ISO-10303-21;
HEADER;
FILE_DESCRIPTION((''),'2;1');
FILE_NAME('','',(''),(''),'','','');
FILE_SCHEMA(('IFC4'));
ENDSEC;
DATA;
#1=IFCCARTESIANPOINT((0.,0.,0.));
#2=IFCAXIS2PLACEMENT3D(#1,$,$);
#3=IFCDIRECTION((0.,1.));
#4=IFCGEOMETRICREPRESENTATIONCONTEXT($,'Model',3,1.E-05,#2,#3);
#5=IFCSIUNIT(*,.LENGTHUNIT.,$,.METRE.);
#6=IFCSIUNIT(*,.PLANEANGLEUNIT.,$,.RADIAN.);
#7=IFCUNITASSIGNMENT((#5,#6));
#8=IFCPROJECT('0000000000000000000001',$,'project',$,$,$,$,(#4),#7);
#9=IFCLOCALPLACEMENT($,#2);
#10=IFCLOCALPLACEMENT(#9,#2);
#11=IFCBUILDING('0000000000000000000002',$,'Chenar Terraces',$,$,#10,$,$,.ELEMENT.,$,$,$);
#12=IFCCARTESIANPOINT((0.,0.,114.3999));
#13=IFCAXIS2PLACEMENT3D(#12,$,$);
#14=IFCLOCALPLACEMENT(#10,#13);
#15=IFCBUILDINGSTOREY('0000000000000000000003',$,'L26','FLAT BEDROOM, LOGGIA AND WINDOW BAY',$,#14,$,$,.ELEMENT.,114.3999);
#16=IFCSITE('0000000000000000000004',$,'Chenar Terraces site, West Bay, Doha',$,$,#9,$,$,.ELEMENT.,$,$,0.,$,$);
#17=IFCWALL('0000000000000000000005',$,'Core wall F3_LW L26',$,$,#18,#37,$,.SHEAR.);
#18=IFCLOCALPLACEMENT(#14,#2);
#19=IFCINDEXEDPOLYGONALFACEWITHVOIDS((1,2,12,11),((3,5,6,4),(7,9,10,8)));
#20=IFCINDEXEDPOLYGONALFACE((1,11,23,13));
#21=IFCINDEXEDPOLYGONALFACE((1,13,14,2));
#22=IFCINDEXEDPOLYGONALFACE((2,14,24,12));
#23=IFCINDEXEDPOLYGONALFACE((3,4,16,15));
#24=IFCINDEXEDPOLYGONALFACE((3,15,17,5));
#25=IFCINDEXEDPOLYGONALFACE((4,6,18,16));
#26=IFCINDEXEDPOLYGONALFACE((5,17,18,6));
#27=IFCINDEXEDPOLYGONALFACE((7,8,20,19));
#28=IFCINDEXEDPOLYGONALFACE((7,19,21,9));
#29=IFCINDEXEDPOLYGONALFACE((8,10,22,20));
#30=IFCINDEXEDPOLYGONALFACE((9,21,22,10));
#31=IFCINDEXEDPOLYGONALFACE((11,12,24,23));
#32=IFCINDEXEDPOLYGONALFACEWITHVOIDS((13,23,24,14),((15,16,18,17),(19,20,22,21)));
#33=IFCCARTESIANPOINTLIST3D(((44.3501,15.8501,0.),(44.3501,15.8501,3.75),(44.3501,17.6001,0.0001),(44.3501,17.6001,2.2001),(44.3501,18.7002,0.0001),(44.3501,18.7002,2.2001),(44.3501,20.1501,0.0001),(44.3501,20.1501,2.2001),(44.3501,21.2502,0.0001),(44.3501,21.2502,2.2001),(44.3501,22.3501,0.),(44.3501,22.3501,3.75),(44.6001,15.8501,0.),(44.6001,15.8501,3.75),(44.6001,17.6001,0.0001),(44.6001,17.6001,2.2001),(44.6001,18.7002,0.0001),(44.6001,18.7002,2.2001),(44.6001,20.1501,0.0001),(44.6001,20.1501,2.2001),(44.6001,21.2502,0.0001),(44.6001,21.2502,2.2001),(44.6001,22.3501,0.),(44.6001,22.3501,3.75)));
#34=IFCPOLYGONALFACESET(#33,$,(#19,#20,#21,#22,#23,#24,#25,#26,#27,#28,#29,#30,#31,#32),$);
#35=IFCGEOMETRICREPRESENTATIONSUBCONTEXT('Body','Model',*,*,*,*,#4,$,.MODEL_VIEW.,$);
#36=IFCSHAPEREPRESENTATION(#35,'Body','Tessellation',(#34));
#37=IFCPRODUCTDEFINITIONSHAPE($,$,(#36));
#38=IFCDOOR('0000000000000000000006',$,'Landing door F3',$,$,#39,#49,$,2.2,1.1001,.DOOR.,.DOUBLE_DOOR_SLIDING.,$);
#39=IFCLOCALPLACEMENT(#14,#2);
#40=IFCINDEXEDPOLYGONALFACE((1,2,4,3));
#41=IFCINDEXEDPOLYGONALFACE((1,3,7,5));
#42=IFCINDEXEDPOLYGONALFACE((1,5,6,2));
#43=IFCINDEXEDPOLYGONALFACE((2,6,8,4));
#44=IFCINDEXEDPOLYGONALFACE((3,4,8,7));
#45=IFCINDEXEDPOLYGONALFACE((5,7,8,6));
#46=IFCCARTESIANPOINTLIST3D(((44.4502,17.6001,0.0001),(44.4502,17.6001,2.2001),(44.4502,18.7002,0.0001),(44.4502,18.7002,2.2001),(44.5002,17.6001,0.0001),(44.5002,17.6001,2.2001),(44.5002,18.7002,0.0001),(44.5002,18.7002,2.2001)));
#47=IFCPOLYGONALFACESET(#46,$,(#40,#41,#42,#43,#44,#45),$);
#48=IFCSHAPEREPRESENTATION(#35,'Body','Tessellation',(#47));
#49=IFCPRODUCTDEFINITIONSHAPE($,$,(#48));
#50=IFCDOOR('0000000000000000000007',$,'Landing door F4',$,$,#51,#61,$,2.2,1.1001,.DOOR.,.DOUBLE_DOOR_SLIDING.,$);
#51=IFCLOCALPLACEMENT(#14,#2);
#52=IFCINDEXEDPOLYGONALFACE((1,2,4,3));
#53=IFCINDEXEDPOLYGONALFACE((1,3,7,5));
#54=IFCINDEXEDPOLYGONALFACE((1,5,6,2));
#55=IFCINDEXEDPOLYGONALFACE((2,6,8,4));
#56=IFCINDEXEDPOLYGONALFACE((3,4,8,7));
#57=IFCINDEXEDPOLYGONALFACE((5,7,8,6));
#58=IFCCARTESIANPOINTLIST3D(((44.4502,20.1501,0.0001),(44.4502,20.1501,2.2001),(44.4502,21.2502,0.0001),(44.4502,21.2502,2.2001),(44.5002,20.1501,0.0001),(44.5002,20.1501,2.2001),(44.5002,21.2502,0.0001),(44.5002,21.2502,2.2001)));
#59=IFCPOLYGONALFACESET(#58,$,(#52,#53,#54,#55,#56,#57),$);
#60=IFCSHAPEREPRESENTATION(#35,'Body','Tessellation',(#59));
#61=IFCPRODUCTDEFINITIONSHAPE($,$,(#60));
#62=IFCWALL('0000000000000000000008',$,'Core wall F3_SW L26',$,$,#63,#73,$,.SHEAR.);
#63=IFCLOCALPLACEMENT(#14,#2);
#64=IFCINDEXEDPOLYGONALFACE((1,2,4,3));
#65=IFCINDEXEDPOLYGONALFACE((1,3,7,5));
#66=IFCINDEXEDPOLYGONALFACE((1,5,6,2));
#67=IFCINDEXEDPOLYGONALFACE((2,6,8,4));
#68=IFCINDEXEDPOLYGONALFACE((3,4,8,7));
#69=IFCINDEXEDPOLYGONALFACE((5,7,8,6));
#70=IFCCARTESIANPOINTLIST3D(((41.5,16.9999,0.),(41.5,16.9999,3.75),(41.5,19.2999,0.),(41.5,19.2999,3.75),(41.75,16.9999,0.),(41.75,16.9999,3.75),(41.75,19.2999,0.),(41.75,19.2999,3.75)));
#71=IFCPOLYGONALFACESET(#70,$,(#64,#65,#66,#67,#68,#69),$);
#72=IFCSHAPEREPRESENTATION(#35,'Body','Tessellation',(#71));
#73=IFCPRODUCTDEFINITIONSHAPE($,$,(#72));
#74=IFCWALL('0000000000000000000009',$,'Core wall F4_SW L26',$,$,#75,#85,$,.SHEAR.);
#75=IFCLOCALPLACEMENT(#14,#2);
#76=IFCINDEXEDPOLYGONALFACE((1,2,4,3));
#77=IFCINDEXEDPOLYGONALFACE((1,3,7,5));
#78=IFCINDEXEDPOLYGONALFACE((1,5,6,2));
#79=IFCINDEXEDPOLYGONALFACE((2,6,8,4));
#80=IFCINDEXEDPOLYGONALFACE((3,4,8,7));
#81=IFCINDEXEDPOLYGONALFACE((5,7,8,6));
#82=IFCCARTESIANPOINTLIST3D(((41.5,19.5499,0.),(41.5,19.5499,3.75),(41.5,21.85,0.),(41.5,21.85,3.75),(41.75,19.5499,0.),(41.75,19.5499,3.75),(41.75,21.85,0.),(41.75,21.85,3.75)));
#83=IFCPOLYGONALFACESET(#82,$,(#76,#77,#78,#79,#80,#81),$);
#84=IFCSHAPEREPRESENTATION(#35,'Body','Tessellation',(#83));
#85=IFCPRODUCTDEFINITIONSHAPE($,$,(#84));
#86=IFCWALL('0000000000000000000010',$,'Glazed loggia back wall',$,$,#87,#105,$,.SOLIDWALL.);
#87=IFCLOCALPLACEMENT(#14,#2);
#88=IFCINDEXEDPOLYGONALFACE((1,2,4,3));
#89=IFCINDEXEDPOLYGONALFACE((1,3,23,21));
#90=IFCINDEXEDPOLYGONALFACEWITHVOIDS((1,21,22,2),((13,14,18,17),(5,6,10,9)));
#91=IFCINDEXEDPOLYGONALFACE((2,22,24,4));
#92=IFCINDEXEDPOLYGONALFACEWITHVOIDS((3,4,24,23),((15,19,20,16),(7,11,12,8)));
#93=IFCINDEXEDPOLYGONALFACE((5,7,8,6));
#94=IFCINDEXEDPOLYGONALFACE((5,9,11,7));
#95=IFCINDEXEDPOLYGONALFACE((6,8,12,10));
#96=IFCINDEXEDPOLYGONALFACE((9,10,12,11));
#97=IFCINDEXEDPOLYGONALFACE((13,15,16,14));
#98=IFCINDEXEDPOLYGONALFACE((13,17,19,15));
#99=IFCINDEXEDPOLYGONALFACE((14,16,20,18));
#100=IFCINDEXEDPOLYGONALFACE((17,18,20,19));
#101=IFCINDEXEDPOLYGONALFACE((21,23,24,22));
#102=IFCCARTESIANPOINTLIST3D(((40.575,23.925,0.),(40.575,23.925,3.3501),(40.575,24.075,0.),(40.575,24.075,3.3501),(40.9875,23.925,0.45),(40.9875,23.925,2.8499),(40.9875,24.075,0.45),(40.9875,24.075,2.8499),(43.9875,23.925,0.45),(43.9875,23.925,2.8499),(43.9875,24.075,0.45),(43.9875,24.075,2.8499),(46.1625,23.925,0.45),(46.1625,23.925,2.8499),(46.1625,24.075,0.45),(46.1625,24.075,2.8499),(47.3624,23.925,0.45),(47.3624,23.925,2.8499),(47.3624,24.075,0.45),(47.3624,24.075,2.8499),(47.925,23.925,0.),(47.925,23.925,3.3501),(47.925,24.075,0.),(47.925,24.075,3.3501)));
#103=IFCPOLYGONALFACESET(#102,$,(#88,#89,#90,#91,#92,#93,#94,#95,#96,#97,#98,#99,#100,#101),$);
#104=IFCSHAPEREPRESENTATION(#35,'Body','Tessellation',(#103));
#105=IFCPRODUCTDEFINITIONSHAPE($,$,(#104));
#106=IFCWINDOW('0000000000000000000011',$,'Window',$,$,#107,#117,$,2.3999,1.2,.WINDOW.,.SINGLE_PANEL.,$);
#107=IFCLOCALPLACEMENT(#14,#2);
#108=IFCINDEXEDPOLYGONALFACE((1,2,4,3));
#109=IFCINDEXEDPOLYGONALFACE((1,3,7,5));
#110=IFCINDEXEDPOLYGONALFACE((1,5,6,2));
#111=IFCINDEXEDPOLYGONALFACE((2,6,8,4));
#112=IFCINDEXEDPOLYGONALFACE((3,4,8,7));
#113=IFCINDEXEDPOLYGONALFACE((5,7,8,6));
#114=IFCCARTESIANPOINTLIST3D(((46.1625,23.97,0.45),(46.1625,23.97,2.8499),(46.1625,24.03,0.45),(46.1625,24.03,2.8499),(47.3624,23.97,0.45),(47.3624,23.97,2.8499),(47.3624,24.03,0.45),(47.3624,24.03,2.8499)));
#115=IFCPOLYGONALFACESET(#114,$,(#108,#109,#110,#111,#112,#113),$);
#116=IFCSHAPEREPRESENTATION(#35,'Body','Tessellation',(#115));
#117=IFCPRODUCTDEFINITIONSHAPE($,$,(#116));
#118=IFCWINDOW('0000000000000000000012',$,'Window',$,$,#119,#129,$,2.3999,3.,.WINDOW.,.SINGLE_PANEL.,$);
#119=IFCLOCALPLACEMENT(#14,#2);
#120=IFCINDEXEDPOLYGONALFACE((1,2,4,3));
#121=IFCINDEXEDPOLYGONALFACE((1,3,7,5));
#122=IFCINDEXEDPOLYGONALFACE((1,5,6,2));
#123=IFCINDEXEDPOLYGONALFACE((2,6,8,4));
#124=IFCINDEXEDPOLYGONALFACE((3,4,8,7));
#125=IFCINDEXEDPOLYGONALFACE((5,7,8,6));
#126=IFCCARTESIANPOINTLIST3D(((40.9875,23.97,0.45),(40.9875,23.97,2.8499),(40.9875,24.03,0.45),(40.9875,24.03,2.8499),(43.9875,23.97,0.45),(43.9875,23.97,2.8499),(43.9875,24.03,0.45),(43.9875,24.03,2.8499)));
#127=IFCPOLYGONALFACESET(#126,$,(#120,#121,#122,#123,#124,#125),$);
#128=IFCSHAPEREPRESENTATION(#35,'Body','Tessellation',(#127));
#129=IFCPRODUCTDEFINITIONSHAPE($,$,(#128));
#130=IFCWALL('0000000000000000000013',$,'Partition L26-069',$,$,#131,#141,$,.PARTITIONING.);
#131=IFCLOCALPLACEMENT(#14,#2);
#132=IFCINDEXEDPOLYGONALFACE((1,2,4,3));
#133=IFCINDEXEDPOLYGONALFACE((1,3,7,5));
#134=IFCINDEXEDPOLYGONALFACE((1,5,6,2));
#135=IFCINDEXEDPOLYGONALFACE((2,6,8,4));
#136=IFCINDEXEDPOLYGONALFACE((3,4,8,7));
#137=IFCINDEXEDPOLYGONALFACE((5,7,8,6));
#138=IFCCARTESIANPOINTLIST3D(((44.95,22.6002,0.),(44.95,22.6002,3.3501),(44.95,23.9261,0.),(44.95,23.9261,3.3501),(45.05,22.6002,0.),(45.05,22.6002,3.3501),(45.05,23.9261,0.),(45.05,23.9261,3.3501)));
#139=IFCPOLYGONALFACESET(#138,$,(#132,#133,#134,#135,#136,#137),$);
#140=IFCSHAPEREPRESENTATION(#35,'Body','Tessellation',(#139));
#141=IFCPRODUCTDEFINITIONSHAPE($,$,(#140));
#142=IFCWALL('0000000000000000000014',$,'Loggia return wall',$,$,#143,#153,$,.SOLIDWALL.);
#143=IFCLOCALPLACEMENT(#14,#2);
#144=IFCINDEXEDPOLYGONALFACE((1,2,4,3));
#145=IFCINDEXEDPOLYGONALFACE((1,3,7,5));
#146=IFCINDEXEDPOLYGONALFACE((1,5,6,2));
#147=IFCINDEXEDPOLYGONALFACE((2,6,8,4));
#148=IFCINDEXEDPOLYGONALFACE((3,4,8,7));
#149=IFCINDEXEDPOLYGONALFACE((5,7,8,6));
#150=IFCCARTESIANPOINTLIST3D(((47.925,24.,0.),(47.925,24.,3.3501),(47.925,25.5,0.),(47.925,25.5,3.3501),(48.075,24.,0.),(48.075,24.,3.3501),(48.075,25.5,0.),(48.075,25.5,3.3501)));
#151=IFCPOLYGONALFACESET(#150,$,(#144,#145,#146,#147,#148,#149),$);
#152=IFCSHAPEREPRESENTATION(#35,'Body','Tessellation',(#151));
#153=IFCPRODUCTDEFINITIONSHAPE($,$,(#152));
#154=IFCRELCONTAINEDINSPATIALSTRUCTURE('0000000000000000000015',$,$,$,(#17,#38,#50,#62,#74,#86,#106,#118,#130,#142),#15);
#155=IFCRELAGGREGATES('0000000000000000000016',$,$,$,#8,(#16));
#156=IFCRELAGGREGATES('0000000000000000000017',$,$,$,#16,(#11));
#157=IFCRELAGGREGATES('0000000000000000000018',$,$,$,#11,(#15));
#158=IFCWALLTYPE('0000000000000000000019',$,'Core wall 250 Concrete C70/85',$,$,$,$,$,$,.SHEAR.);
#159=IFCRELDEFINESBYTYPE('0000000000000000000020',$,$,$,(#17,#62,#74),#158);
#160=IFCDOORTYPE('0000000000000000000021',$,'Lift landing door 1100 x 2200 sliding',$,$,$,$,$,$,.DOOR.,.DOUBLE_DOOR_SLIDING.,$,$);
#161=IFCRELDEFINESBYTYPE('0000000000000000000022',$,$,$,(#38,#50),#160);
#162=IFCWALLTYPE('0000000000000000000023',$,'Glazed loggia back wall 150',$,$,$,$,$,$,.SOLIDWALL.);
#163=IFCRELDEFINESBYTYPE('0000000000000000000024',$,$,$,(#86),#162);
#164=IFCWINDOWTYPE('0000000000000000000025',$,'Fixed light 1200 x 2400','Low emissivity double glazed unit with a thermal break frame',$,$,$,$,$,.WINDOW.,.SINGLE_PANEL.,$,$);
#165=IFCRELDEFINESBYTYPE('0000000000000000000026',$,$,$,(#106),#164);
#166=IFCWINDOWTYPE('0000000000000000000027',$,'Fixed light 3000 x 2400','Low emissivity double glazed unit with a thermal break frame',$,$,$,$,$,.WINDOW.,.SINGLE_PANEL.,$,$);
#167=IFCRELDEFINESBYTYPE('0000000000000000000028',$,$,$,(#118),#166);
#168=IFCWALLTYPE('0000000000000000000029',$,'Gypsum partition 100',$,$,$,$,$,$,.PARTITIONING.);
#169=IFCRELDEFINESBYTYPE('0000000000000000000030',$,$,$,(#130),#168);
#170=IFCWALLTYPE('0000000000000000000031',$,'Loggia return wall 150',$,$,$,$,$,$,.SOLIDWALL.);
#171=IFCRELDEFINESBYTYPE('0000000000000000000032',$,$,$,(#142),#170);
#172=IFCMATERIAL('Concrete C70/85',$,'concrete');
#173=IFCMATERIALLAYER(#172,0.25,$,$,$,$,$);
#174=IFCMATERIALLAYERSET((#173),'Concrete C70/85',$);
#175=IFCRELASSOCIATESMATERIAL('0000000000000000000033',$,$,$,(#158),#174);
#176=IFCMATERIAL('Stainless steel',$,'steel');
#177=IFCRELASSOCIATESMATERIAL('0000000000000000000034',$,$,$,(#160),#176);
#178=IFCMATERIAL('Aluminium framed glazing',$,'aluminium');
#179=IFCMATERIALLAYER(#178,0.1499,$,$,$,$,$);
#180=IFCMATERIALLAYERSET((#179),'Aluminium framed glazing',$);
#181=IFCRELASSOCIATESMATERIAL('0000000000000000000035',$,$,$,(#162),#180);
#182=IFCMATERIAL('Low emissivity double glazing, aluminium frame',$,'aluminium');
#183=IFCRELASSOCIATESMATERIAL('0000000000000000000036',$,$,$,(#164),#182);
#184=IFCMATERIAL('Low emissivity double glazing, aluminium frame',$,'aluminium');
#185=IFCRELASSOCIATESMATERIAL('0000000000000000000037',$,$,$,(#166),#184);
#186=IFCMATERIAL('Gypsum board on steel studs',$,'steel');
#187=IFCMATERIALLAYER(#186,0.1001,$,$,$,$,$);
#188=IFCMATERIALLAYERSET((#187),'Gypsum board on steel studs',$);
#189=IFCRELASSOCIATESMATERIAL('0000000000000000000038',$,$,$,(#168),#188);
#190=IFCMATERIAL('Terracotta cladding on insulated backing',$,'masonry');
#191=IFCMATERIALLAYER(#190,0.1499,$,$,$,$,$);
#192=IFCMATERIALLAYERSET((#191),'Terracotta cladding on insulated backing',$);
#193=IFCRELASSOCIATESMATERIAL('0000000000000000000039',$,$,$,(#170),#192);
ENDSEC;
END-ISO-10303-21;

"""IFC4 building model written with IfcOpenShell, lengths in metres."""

from ifc_helpers import new_model, si_unit, direction, frame, frame_2d, origin, place, context, subcontext, project, spatial, rectangle, extrude, material, layer, layer_set, type_object, element, fill, save


model = new_model("IFC4")

# Units and contexts
model_context = context("Model", 3, precision=1e-05, world=origin(), true_north=direction((0.0, 1.0)))
body_context = subcontext(model_context, "Body", "Model", "MODEL_VIEW")
ifc_project = project(units=[si_unit("LENGTHUNIT", "METRE"), si_unit("PLANEANGLEUNIT", "RADIAN")], contexts=[model_context])

# Site, building, storey
site_placement = place(None, origin())
site = spatial("IfcSite", under=ifc_project, at=site_placement, Name="Chenar Terraces site, West Bay, Doha", CompositionType="ELEMENT", RefElevation=0.0)
building_placement = place(site_placement, origin())
building = spatial("IfcBuilding", under=site, at=building_placement, Name="Chenar Terraces", CompositionType="ELEMENT")
storey_placement = place(building_placement, frame((0.0, 0.0, 114.3999)))
storey = spatial("IfcBuildingStorey", under=building, at=storey_placement, Name="L26", Description="FLAT BEDROOM, LOGGIA AND WINDOW BAY", CompositionType="ELEMENT", Elevation=114.3999)

# Shared definitions
ifc_material_1 = material(Name="Concrete C70/85", Category="concrete")
ifc_layer_1 = layer(ifc_material_1, 0.25)
ifc_layer_set_1 = layer_set([ifc_layer_1], Name="Concrete C70/85")
wall_type_1 = type_object("IfcWallType", Name="Core wall 250 Concrete C70/85", PredefinedType="SHEAR", material=ifc_layer_set_1)

# Wall, openings, doors
wall_1_placement = place(storey_placement, frame((44.4751, 15.8501, 0.0), z_axis=(0.0, 0.0, 1.0), x_axis=(0.0, 1.0, 0.0)))
wall_1 = element("IfcWall", 1, at=wall_1_placement, inside=storey, type_object=wall_type_1, Name="Core wall F3_LW L26", PredefinedType="SHEAR", context=body_context, shape_type="SweptSolid", body=[
    extrude(rectangle(XDim=6.5, YDim=0.25, at=frame_2d((3.25, 0.0))), origin(), (0.0, 0.0, 1.0), 3.75),
])
opening_1_placement = place(wall_1_placement, frame((1.75, 0.0, 0.0)))
opening_1 = element("IfcOpeningElement", 2, at=opening_1_placement, cuts=wall_1, PredefinedType="OPENING", context=body_context, shape_type="SweptSolid", body=[
    extrude(rectangle(XDim=1.1001, YDim=2.2, at=frame_2d((0.55, 1.1001))), frame((0.0, 0.135, 0.0), z_axis=(0.0, -1.0, 0.0), x_axis=(1.0, 0.0, 0.0)), (0.0, 0.0, 1.0), 0.27),
])
opening_2_placement = place(wall_1_placement, frame((4.3, 0.0, 0.0)))
opening_2 = element("IfcOpeningElement", 3, at=opening_2_placement, cuts=wall_1, PredefinedType="OPENING", context=body_context, shape_type="SweptSolid", body=[
    extrude(rectangle(XDim=1.1001, YDim=2.2, at=frame_2d((0.55, 1.1001))), frame((0.0, 0.135, 0.0), z_axis=(0.0, -1.0, 0.0), x_axis=(1.0, 0.0, 0.0)), (0.0, 0.0, 1.0), 0.27),
])
ifc_material_2 = material(Name="Stainless steel", Category="steel")
door_type_1 = type_object("IfcDoorType", Name="Lift landing door 1100 x 2200 sliding", OperationType="DOUBLE_DOOR_SLIDING", PredefinedType="DOOR", material=ifc_material_2)
door_1_placement = place(opening_1_placement, origin())
door_1 = element("IfcDoor", 4, at=door_1_placement, inside=storey, type_object=door_type_1, Name="Landing door F3", OperationType="DOUBLE_DOOR_SLIDING", OverallHeight=2.2, OverallWidth=1.1001, PredefinedType="DOOR", context=body_context, shape_type="SweptSolid", body=[
    extrude(rectangle(XDim=1.1001, YDim=2.2, at=frame_2d((0.55, 1.1001))), frame((0.0, 0.0249, 0.0), z_axis=(0.0, -1.0, 0.0), x_axis=(1.0, 0.0, 0.0)), (0.0, 0.0, 1.0), 0.05),
])
fill(opening_1, door_1)
door_2_placement = place(opening_2_placement, origin())
door_2 = element("IfcDoor", 5, at=door_2_placement, inside=storey, type_object=door_type_1, Name="Landing door F4", OperationType="DOUBLE_DOOR_SLIDING", OverallHeight=2.2, OverallWidth=1.1001, PredefinedType="DOOR", context=body_context, shape_type="SweptSolid", body=[
    extrude(rectangle(XDim=1.1001, YDim=2.2, at=frame_2d((0.55, 1.1001))), frame((0.0, 0.0249, 0.0), z_axis=(0.0, -1.0, 0.0), x_axis=(1.0, 0.0, 0.0)), (0.0, 0.0, 1.0), 0.05),
])
fill(opening_2, door_2)

# Walls
for number, where, z_axis, x_axis, name in (
    (6, (41.625, 17.0, 0.0), (0.0, 0.0, 1.0), (0.0, 1.0, 0.0), "Core wall F3_SW L26"),
    (7, (41.625, 19.55, 0.0), (0.0, 0.0, 1.0), (0.0, 1.0, 0.0), "Core wall F4_SW L26"),
):
    element("IfcWall", number, at=place(storey_placement, frame(where, z_axis=z_axis, x_axis=x_axis)), inside=storey, type_object=wall_type_1, Name=name, PredefinedType="SHEAR", context=body_context, shape_type="SweptSolid", body=[
        extrude(rectangle(XDim=2.3, YDim=0.25, at=frame_2d((1.1499, 0.0))), origin(), (0.0, 0.0, 1.0), 3.75),
    ])

# Wall, openings, windows
ifc_material_3 = material(Name="Aluminium framed glazing", Category="aluminium")
ifc_layer_2 = layer(ifc_material_3, 0.1499)
ifc_layer_set_2 = layer_set([ifc_layer_2], Name="Aluminium framed glazing")
wall_type_2 = type_object("IfcWallType", Name="Glazed loggia back wall 150", PredefinedType="SOLIDWALL", material=ifc_layer_set_2)
wall_2_placement = place(storey_placement, frame((47.925, 24.0, 0.0), z_axis=(0.0, 0.0, 1.0), x_axis=(-1.0, 0.0, 0.0)))
wall_2 = element("IfcWall", 8, at=wall_2_placement, inside=storey, type_object=wall_type_2, Name="Glazed loggia back wall", PredefinedType="SOLIDWALL", context=body_context, shape_type="SweptSolid", body=[
    extrude(rectangle(XDim=7.3501, YDim=0.1499, at=frame_2d((3.675, 0.0))), origin(), (0.0, 0.0, 1.0), 3.3501),
])
opening_3_placement = place(wall_2_placement, frame((0.5625, 0.0, 0.45)))
opening_3 = element("IfcOpeningElement", 9, at=opening_3_placement, cuts=wall_2, PredefinedType="OPENING", context=body_context, shape_type="SweptSolid", body=[
    extrude(rectangle(XDim=1.2, YDim=2.3999, at=frame_2d((0.6001, 1.2))), frame((0.0, 0.085, 0.0), z_axis=(0.0, -1.0, 0.0), x_axis=(1.0, 0.0, 0.0)), (0.0, 0.0, 1.0), 0.1699),
])
opening_4_placement = place(wall_2_placement, frame((3.9375, 0.0, 0.45)))
opening_4 = element("IfcOpeningElement", 10, at=opening_4_placement, cuts=wall_2, PredefinedType="OPENING", context=body_context, shape_type="SweptSolid", body=[
    extrude(rectangle(XDim=3.0, YDim=2.3999, at=frame_2d((1.5, 1.2))), frame((0.0, 0.085, 0.0), z_axis=(0.0, -1.0, 0.0), x_axis=(1.0, 0.0, 0.0)), (0.0, 0.0, 1.0), 0.1699),
])
ifc_material_4 = material(Name="Low emissivity double glazing, aluminium frame", Category="aluminium")
window_type_1 = type_object("IfcWindowType", Name="Fixed light 1200 x 2400", Description="Low emissivity double glazed unit with a thermal break frame", PartitioningType="SINGLE_PANEL", PredefinedType="WINDOW", material=ifc_material_4)
window_1_placement = place(opening_3_placement, origin())
window_1 = element("IfcWindow", 11, at=window_1_placement, inside=storey, type_object=window_type_1, Name="Window", OverallHeight=2.3999, OverallWidth=1.2, PartitioningType="SINGLE_PANEL", PredefinedType="WINDOW", context=body_context, shape_type="SweptSolid", body=[
    extrude(rectangle(XDim=1.2, YDim=2.3999, at=frame_2d((0.6001, 1.2))), frame((0.0, 0.03, 0.0), z_axis=(0.0, -1.0, 0.0), x_axis=(1.0, 0.0, 0.0)), (0.0, 0.0, 1.0), 0.0601),
])
fill(opening_3, window_1)
ifc_material_5 = material(Name="Low emissivity double glazing, aluminium frame", Category="aluminium")
window_type_2 = type_object("IfcWindowType", Name="Fixed light 3000 x 2400", Description="Low emissivity double glazed unit with a thermal break frame", PartitioningType="SINGLE_PANEL", PredefinedType="WINDOW", material=ifc_material_5)
window_2_placement = place(opening_4_placement, origin())
window_2 = element("IfcWindow", 12, at=window_2_placement, inside=storey, type_object=window_type_2, Name="Window", OverallHeight=2.3999, OverallWidth=3.0, PartitioningType="SINGLE_PANEL", PredefinedType="WINDOW", context=body_context, shape_type="SweptSolid", body=[
    extrude(rectangle(XDim=3.0, YDim=2.3999, at=frame_2d((1.5, 1.2))), frame((0.0, 0.03, 0.0), z_axis=(0.0, -1.0, 0.0), x_axis=(1.0, 0.0, 0.0)), (0.0, 0.0, 1.0), 0.0601),
])
fill(opening_4, window_2)

# Walls
ifc_material_6 = material(Name="Gypsum board on steel studs", Category="steel")
ifc_layer_3 = layer(ifc_material_6, 0.1001)
ifc_layer_set_3 = layer_set([ifc_layer_3], Name="Gypsum board on steel studs")
wall_type_3 = type_object("IfcWallType", Name="Gypsum partition 100", PredefinedType="PARTITIONING", material=ifc_layer_set_3)
wall_3_placement = place(storey_placement, frame((45.0, 22.6001, 0.0), z_axis=(0.0, 0.0, 1.0), x_axis=(0.0, 1.0, 0.0)))
element("IfcWall", 13, at=wall_3_placement, inside=storey, type_object=wall_type_3, Name="Partition L26-069", PredefinedType="PARTITIONING", context=body_context, shape_type="SweptSolid", body=[
    extrude(rectangle(XDim=1.3259, YDim=0.1001, at=frame_2d((0.6631, 0.0))), origin(), (0.0, 0.0, 1.0), 3.3501),
])
ifc_material_7 = material(Name="Terracotta cladding on insulated backing", Category="masonry")
ifc_layer_4 = layer(ifc_material_7, 0.1499)
ifc_layer_set_4 = layer_set([ifc_layer_4], Name="Terracotta cladding on insulated backing")
wall_type_4 = type_object("IfcWallType", Name="Loggia return wall 150", PredefinedType="SOLIDWALL", material=ifc_layer_set_4)
wall_4_placement = place(storey_placement, frame((48.0, 25.5, 0.0), z_axis=(0.0, 0.0, 1.0), x_axis=(0.0, -1.0, 0.0)))
element("IfcWall", 14, at=wall_4_placement, inside=storey, type_object=wall_type_4, Name="Loggia return wall", PredefinedType="SOLIDWALL", context=body_context, shape_type="SweptSolid", body=[
    extrude(rectangle(XDim=1.5, YDim=0.1499, at=frame_2d((0.75, 0.0))), origin(), (0.0, 0.0, 1.0), 3.3501),
])

save(model, "model.ifc")
